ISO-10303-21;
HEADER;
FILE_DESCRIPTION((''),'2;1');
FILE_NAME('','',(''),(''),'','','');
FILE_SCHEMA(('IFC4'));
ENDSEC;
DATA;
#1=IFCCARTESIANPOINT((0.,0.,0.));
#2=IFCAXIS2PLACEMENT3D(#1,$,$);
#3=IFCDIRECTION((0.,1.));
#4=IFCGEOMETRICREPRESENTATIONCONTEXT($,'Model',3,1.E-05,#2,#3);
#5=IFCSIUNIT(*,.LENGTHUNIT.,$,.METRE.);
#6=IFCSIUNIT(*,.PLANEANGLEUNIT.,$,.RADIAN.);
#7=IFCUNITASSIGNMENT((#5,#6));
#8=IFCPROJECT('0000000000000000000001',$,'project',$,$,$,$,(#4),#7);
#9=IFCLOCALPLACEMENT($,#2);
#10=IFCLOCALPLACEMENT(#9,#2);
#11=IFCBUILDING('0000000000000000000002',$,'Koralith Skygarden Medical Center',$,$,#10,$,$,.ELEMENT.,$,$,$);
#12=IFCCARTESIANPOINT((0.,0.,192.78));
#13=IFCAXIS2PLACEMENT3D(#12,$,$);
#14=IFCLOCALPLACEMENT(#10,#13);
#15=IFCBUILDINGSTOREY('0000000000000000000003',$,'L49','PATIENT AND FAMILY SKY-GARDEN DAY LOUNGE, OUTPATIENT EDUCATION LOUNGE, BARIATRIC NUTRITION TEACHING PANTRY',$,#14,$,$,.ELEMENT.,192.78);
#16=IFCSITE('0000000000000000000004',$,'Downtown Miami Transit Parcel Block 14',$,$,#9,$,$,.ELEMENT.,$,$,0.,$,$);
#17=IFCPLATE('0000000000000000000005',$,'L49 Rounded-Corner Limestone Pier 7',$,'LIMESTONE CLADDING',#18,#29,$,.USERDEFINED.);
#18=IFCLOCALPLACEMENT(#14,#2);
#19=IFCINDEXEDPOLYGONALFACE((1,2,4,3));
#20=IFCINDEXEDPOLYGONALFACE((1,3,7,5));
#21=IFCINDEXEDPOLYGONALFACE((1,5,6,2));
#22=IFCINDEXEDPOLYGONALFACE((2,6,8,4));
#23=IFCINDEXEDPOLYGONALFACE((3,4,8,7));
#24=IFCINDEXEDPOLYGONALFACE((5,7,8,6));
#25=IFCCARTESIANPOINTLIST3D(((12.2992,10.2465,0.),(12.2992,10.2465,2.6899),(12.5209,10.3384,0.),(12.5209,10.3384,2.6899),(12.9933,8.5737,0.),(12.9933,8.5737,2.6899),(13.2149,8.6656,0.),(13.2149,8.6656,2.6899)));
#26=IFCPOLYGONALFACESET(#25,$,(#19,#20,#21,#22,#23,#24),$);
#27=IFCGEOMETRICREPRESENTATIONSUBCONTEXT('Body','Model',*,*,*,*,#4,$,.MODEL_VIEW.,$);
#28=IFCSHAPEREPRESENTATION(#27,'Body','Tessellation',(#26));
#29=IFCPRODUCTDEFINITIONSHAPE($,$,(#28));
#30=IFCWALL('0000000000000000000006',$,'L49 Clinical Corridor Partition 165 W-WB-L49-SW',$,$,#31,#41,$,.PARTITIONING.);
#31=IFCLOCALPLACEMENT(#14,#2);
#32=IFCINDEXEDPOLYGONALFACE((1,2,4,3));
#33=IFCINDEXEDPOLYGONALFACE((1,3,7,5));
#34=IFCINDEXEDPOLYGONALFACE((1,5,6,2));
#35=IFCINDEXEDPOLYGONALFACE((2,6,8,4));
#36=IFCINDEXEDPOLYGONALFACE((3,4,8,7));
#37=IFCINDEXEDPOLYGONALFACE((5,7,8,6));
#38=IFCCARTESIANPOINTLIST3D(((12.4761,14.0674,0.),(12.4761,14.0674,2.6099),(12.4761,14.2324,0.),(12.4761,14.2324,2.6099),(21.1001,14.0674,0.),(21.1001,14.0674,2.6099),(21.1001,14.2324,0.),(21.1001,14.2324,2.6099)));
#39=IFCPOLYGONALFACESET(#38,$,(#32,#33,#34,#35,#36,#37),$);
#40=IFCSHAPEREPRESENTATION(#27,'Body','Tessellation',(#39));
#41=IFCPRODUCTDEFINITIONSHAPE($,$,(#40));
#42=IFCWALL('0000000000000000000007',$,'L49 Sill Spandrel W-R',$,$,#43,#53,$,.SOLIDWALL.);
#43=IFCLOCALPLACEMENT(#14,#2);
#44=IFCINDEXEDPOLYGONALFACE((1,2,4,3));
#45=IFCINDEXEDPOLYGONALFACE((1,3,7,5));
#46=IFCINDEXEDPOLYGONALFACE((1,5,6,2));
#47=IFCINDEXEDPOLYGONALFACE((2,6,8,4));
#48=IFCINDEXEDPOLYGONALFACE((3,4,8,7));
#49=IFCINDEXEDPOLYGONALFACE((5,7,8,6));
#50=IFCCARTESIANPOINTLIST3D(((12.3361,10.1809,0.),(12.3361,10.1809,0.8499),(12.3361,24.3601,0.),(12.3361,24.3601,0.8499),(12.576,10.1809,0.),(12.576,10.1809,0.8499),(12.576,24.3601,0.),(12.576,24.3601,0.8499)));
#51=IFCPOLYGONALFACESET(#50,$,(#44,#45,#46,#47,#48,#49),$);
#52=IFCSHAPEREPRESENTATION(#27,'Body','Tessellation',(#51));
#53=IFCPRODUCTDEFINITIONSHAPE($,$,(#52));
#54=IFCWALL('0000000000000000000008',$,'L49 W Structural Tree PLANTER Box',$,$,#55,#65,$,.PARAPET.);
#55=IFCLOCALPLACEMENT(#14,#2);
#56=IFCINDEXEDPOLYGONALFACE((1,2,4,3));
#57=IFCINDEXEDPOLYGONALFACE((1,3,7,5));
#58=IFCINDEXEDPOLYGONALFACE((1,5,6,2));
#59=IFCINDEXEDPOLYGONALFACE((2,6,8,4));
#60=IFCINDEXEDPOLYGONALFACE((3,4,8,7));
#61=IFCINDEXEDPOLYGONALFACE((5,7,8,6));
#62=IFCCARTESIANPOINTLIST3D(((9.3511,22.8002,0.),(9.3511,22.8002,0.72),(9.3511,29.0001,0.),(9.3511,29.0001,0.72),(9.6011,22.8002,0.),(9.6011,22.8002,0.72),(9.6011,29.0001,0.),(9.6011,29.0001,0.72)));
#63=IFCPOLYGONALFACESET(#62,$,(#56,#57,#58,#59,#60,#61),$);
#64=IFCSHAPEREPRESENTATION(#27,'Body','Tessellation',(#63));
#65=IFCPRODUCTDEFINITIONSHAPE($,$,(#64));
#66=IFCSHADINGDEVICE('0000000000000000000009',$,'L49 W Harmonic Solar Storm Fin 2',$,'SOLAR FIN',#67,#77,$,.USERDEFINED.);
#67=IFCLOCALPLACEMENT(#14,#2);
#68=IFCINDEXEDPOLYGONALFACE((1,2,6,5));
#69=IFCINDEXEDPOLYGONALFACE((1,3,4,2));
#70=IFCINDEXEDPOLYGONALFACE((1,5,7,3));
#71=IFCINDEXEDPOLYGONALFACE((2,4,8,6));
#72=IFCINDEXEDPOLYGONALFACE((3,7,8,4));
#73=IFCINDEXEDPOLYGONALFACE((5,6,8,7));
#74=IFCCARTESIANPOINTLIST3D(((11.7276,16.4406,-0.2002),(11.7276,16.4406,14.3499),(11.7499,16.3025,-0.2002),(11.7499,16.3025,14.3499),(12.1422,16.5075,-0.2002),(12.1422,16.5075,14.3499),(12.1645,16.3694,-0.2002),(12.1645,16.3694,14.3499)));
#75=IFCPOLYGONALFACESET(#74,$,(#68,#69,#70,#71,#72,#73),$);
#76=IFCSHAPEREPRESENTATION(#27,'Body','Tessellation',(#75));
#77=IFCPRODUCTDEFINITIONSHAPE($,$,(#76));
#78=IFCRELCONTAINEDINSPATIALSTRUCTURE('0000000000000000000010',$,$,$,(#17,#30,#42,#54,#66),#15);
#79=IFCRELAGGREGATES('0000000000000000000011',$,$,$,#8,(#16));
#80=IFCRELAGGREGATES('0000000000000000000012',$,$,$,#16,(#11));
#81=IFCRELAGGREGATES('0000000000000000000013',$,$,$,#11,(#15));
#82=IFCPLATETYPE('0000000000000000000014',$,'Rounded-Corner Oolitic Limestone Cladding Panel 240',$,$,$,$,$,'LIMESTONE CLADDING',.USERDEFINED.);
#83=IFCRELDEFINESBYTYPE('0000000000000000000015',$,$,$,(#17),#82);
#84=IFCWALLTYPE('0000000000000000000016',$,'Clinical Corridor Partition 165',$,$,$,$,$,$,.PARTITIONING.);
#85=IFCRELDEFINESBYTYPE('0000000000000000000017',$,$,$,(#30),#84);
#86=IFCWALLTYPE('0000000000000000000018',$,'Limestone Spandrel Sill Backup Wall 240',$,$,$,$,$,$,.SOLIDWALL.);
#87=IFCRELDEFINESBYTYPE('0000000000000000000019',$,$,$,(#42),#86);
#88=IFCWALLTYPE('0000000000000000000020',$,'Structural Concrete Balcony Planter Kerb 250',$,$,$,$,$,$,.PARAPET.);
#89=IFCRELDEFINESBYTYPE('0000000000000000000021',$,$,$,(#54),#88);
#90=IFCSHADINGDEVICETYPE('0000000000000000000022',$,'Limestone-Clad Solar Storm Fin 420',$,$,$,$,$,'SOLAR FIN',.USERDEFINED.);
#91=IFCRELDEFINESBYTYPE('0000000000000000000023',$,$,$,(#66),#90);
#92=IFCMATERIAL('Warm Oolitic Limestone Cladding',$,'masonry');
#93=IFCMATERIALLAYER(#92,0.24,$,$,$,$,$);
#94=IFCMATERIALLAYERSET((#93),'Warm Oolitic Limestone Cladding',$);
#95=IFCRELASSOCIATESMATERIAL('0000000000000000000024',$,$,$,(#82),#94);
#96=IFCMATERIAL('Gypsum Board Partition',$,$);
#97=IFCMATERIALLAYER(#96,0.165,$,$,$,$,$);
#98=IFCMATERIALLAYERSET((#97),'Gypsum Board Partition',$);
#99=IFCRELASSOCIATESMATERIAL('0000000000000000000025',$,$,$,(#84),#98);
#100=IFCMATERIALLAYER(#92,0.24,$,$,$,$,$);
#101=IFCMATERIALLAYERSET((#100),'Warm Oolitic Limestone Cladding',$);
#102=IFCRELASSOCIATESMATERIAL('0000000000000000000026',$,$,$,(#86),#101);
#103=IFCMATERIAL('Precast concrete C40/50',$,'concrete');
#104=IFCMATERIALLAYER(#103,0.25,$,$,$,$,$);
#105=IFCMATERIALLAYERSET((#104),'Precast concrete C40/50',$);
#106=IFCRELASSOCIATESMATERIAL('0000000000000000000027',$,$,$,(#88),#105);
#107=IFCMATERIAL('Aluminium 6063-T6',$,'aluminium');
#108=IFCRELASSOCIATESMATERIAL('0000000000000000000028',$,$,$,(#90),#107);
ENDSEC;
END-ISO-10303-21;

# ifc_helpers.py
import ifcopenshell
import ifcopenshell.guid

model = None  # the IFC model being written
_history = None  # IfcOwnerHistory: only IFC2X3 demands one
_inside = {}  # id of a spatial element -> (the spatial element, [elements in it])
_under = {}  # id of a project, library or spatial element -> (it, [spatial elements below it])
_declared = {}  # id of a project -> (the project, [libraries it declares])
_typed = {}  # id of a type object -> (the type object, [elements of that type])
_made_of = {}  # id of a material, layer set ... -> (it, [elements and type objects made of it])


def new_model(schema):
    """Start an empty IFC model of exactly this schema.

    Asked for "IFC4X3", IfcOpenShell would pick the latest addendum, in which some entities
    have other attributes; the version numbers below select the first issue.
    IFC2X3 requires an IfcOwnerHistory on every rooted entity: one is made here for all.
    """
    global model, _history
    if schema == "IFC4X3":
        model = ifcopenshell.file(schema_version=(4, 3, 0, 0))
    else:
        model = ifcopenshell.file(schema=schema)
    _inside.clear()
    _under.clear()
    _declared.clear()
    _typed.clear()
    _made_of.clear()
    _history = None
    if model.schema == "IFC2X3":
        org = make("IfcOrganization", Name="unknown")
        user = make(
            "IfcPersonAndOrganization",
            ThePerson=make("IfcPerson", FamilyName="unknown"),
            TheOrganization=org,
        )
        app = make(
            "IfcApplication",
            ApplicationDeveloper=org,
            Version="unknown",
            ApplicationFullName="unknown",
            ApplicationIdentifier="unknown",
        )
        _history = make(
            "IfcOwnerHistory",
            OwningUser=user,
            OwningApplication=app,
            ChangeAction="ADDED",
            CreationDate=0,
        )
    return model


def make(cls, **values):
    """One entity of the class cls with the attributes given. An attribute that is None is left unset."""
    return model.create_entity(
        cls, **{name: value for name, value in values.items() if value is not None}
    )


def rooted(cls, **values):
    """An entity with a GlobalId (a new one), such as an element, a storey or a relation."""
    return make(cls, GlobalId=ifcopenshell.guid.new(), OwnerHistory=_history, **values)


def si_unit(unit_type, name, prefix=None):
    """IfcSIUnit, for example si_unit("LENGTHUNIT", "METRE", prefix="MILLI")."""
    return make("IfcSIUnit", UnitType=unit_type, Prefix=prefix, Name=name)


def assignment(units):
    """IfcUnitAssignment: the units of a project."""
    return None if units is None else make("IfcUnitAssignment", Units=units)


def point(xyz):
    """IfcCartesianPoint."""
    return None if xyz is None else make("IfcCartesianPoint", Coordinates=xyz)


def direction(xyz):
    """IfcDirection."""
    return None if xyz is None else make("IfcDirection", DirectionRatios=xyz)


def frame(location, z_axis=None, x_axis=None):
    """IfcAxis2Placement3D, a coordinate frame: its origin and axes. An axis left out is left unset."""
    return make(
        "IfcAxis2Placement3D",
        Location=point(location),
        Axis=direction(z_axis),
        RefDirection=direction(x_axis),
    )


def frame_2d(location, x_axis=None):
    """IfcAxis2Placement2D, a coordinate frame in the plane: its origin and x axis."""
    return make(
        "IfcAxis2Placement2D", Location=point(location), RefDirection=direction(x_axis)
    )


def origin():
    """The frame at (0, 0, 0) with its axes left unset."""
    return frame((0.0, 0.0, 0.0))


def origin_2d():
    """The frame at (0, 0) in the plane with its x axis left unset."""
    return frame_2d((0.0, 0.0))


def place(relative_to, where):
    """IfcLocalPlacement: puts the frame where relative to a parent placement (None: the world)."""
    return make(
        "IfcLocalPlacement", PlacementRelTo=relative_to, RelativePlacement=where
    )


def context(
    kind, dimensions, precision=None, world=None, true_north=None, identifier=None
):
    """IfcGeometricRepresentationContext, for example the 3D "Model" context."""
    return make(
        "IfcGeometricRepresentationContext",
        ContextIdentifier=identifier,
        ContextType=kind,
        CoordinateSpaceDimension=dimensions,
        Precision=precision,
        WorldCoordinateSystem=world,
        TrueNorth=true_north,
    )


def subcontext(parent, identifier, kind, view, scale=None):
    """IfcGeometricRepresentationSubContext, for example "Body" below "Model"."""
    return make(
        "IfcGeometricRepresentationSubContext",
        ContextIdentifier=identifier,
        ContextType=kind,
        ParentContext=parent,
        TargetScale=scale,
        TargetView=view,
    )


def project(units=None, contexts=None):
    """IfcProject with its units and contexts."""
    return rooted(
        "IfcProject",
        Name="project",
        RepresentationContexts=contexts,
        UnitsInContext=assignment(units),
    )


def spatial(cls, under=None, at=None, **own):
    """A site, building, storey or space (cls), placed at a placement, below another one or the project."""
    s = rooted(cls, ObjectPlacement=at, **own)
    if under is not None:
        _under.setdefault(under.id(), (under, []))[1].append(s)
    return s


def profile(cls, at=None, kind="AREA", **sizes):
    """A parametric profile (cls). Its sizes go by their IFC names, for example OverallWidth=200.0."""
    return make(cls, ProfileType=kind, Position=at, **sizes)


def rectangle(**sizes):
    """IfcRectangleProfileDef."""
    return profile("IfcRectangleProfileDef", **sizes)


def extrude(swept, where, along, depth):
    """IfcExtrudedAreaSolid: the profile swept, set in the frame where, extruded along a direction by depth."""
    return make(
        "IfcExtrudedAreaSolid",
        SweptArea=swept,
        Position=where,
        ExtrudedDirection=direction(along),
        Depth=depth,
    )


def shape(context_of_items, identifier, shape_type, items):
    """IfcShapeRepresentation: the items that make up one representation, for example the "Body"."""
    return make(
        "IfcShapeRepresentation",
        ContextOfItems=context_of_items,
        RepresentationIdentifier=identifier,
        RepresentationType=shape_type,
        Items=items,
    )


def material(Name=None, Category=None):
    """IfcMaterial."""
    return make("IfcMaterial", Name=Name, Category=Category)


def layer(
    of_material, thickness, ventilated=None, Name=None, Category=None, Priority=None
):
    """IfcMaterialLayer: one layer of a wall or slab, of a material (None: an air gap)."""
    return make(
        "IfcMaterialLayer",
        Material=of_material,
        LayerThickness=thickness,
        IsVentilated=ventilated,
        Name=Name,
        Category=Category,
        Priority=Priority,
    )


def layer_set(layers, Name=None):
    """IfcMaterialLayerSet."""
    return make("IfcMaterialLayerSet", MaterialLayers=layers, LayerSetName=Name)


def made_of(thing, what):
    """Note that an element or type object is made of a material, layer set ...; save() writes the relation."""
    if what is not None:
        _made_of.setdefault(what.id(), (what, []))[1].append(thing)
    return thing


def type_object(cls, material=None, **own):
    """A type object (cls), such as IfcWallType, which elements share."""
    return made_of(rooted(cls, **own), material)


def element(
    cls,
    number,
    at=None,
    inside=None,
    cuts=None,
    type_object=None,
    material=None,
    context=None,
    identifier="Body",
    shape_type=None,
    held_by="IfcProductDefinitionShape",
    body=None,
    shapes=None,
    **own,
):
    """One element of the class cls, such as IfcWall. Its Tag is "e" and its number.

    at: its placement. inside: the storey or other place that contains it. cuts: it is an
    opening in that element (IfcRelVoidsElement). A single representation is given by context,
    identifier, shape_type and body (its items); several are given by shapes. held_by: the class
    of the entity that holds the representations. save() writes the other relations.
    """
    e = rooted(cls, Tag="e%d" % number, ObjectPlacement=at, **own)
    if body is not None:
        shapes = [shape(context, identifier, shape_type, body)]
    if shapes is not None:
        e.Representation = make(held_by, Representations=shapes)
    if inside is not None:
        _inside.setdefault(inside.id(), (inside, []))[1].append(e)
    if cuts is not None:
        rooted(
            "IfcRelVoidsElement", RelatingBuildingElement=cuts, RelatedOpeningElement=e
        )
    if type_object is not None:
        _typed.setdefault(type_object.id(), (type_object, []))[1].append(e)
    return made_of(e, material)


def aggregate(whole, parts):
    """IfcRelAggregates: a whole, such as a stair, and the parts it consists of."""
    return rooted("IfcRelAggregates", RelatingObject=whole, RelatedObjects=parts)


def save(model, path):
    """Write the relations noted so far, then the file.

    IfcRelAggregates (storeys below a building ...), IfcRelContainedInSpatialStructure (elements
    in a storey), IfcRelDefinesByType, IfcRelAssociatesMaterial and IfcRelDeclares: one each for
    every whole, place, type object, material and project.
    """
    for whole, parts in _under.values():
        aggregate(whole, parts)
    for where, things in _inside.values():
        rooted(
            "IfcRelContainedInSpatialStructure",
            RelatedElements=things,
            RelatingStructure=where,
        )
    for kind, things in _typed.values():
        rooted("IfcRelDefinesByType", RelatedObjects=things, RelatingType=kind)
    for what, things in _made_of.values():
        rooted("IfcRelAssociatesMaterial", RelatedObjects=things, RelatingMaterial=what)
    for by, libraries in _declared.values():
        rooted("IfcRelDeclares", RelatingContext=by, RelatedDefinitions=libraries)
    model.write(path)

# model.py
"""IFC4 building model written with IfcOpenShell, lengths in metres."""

from ifc_helpers import new_model, si_unit, direction, frame, frame_2d, origin, origin_2d, place, context, subcontext, project, spatial, rectangle, extrude, material, layer, layer_set, type_object, element, save


model = new_model("IFC4")

# Units and contexts
model_context = context("Model", 3, precision=1e-05, world=origin(), true_north=direction((0.0, 1.0)))
body_context = subcontext(model_context, "Body", "Model", "MODEL_VIEW")
ifc_project = project(units=[si_unit("LENGTHUNIT", "METRE"), si_unit("PLANEANGLEUNIT", "RADIAN")], contexts=[model_context])

# Site, building, storey
site_placement = place(None, origin())
site = spatial("IfcSite", under=ifc_project, at=site_placement, Name="Downtown Miami Transit Parcel Block 14", CompositionType="ELEMENT", RefElevation=0.0)
building_placement = place(site_placement, origin())
building = spatial("IfcBuilding", under=site, at=building_placement, Name="Koralith Skygarden Medical Center", CompositionType="ELEMENT")
storey_placement = place(building_placement, frame((0.0, 0.0, 192.78)))
storey = spatial("IfcBuildingStorey", under=building, at=storey_placement, Name="L49", Description="PATIENT AND FAMILY SKY-GARDEN DAY LOUNGE, OUTPATIENT EDUCATION LOUNGE, BARIATRIC NUTRITION TEACHING PANTRY", CompositionType="ELEMENT", Elevation=192.78)

# Shared definitions
ifc_material_1 = material(Name="Aluminium 6063-T6", Category="aluminium")

# Plate
ifc_material_2 = material(Name="Warm Oolitic Limestone Cladding", Category="masonry")
ifc_layer_1 = layer(ifc_material_2, 0.24)
ifc_layer_set_1 = layer_set([ifc_layer_1], Name="Warm Oolitic Limestone Cladding")
plate_type_1 = type_object("IfcPlateType", Name="Rounded-Corner Oolitic Limestone Cladding Panel 240", ElementType="LIMESTONE CLADDING", PredefinedType="USERDEFINED", material=ifc_layer_set_1)
plate_1_placement = place(storey_placement, frame((12.7571, 9.4561, 0.0), z_axis=(0.0, 0.0, 1.0), x_axis=(0.383214, -0.92366, 0.0)))
element("IfcPlate", 1, at=plate_1_placement, inside=storey, type_object=plate_type_1, Name="L49 Rounded-Corner Limestone Pier 7", ObjectType="LIMESTONE CLADDING", PredefinedType="USERDEFINED", context=body_context, shape_type="SweptSolid", body=[
    extrude(rectangle(XDim=1.811, YDim=0.24, at=origin_2d()), origin(), (0.0, 0.0, 1.0), 2.6899),
])

# Walls
ifc_material_3 = material(Name="Gypsum Board Partition")
ifc_layer_2 = layer(ifc_material_3, 0.165)
ifc_layer_set_2 = layer_set([ifc_layer_2], Name="Gypsum Board Partition")
wall_type_1 = type_object("IfcWallType", Name="Clinical Corridor Partition 165", PredefinedType="PARTITIONING", material=ifc_layer_set_2)
wall_1_placement = place(storey_placement, frame((12.4761, 14.1499, 0.0), z_axis=(0.0, 0.0, 1.0), x_axis=(1.0, 0.0, 0.0)))
element("IfcWall", 2, at=wall_1_placement, inside=storey, type_object=wall_type_1, Name="L49 Clinical Corridor Partition 165 W-WB-L49-SW", PredefinedType="PARTITIONING", context=body_context, shape_type="SweptSolid", body=[
    extrude(rectangle(XDim=8.624, YDim=0.165, at=frame_2d((4.312, 0.0))), origin(), (0.0, 0.0, 1.0), 2.6099),
])
ifc_layer_3 = layer(ifc_material_2, 0.24)
ifc_layer_set_3 = layer_set([ifc_layer_3], Name="Warm Oolitic Limestone Cladding")
wall_type_2 = type_object("IfcWallType", Name="Limestone Spandrel Sill Backup Wall 240", PredefinedType="SOLIDWALL", material=ifc_layer_set_3)
wall_2_placement = place(storey_placement, frame((12.4561, 24.3601, 0.0), z_axis=(0.0, 0.0, 1.0), x_axis=(0.0, -1.0, 0.0)))
element("IfcWall", 3, at=wall_2_placement, inside=storey, type_object=wall_type_2, Name="L49 Sill Spandrel W-R", PredefinedType="SOLIDWALL", context=body_context, shape_type="SweptSolid", body=[
    extrude(rectangle(XDim=14.1792, YDim=0.24, at=frame_2d((7.0896, 0.0))), origin(), (0.0, 0.0, 1.0), 0.8499),
])
ifc_material_4 = material(Name="Precast concrete C40/50", Category="concrete")
ifc_layer_4 = layer(ifc_material_4, 0.25)
ifc_layer_set_4 = layer_set([ifc_layer_4], Name="Precast concrete C40/50")
wall_type_3 = type_object("IfcWallType", Name="Structural Concrete Balcony Planter Kerb 250", PredefinedType="PARAPET", material=ifc_layer_set_4)
wall_3_placement = place(storey_placement, frame((9.4761, 22.8, 0.0), z_axis=(0.0, 0.0, 1.0), x_axis=(0.0, 1.0, 0.0)))
element("IfcWall", 4, at=wall_3_placement, inside=storey, type_object=wall_type_3, Name="L49 W Structural Tree PLANTER Box", PredefinedType="PARAPET", context=body_context, shape_type="SweptSolid", body=[
    extrude(rectangle(XDim=6.2, YDim=0.25, at=frame_2d((3.1001, 0.0))), origin(), (0.0, 0.0, 1.0), 0.72),
])

# Shading device
shading_device_type = type_object("IfcShadingDeviceType", Name="Limestone-Clad Solar Storm Fin 420", ElementType="SOLAR FIN", PredefinedType="USERDEFINED", material=ifc_material_1)
shading_device_placement = place(storey_placement, frame((11.946, 16.405, -0.2002), z_axis=(0.0, 0.0, 1.0), x_axis=(-0.987228, -0.159313, 0.0)))
element("IfcShadingDevice", 5, at=shading_device_placement, inside=storey, type_object=shading_device_type, Name="L49 W Harmonic Solar Storm Fin 2", ObjectType="SOLAR FIN", PredefinedType="USERDEFINED", context=body_context, shape_type="SweptSolid", body=[
    extrude(rectangle(XDim=0.4199, YDim=0.1399, at=origin_2d()), origin(), (0.0, 0.0, 1.0), 14.55),
])

save(model, "model.ifc")
